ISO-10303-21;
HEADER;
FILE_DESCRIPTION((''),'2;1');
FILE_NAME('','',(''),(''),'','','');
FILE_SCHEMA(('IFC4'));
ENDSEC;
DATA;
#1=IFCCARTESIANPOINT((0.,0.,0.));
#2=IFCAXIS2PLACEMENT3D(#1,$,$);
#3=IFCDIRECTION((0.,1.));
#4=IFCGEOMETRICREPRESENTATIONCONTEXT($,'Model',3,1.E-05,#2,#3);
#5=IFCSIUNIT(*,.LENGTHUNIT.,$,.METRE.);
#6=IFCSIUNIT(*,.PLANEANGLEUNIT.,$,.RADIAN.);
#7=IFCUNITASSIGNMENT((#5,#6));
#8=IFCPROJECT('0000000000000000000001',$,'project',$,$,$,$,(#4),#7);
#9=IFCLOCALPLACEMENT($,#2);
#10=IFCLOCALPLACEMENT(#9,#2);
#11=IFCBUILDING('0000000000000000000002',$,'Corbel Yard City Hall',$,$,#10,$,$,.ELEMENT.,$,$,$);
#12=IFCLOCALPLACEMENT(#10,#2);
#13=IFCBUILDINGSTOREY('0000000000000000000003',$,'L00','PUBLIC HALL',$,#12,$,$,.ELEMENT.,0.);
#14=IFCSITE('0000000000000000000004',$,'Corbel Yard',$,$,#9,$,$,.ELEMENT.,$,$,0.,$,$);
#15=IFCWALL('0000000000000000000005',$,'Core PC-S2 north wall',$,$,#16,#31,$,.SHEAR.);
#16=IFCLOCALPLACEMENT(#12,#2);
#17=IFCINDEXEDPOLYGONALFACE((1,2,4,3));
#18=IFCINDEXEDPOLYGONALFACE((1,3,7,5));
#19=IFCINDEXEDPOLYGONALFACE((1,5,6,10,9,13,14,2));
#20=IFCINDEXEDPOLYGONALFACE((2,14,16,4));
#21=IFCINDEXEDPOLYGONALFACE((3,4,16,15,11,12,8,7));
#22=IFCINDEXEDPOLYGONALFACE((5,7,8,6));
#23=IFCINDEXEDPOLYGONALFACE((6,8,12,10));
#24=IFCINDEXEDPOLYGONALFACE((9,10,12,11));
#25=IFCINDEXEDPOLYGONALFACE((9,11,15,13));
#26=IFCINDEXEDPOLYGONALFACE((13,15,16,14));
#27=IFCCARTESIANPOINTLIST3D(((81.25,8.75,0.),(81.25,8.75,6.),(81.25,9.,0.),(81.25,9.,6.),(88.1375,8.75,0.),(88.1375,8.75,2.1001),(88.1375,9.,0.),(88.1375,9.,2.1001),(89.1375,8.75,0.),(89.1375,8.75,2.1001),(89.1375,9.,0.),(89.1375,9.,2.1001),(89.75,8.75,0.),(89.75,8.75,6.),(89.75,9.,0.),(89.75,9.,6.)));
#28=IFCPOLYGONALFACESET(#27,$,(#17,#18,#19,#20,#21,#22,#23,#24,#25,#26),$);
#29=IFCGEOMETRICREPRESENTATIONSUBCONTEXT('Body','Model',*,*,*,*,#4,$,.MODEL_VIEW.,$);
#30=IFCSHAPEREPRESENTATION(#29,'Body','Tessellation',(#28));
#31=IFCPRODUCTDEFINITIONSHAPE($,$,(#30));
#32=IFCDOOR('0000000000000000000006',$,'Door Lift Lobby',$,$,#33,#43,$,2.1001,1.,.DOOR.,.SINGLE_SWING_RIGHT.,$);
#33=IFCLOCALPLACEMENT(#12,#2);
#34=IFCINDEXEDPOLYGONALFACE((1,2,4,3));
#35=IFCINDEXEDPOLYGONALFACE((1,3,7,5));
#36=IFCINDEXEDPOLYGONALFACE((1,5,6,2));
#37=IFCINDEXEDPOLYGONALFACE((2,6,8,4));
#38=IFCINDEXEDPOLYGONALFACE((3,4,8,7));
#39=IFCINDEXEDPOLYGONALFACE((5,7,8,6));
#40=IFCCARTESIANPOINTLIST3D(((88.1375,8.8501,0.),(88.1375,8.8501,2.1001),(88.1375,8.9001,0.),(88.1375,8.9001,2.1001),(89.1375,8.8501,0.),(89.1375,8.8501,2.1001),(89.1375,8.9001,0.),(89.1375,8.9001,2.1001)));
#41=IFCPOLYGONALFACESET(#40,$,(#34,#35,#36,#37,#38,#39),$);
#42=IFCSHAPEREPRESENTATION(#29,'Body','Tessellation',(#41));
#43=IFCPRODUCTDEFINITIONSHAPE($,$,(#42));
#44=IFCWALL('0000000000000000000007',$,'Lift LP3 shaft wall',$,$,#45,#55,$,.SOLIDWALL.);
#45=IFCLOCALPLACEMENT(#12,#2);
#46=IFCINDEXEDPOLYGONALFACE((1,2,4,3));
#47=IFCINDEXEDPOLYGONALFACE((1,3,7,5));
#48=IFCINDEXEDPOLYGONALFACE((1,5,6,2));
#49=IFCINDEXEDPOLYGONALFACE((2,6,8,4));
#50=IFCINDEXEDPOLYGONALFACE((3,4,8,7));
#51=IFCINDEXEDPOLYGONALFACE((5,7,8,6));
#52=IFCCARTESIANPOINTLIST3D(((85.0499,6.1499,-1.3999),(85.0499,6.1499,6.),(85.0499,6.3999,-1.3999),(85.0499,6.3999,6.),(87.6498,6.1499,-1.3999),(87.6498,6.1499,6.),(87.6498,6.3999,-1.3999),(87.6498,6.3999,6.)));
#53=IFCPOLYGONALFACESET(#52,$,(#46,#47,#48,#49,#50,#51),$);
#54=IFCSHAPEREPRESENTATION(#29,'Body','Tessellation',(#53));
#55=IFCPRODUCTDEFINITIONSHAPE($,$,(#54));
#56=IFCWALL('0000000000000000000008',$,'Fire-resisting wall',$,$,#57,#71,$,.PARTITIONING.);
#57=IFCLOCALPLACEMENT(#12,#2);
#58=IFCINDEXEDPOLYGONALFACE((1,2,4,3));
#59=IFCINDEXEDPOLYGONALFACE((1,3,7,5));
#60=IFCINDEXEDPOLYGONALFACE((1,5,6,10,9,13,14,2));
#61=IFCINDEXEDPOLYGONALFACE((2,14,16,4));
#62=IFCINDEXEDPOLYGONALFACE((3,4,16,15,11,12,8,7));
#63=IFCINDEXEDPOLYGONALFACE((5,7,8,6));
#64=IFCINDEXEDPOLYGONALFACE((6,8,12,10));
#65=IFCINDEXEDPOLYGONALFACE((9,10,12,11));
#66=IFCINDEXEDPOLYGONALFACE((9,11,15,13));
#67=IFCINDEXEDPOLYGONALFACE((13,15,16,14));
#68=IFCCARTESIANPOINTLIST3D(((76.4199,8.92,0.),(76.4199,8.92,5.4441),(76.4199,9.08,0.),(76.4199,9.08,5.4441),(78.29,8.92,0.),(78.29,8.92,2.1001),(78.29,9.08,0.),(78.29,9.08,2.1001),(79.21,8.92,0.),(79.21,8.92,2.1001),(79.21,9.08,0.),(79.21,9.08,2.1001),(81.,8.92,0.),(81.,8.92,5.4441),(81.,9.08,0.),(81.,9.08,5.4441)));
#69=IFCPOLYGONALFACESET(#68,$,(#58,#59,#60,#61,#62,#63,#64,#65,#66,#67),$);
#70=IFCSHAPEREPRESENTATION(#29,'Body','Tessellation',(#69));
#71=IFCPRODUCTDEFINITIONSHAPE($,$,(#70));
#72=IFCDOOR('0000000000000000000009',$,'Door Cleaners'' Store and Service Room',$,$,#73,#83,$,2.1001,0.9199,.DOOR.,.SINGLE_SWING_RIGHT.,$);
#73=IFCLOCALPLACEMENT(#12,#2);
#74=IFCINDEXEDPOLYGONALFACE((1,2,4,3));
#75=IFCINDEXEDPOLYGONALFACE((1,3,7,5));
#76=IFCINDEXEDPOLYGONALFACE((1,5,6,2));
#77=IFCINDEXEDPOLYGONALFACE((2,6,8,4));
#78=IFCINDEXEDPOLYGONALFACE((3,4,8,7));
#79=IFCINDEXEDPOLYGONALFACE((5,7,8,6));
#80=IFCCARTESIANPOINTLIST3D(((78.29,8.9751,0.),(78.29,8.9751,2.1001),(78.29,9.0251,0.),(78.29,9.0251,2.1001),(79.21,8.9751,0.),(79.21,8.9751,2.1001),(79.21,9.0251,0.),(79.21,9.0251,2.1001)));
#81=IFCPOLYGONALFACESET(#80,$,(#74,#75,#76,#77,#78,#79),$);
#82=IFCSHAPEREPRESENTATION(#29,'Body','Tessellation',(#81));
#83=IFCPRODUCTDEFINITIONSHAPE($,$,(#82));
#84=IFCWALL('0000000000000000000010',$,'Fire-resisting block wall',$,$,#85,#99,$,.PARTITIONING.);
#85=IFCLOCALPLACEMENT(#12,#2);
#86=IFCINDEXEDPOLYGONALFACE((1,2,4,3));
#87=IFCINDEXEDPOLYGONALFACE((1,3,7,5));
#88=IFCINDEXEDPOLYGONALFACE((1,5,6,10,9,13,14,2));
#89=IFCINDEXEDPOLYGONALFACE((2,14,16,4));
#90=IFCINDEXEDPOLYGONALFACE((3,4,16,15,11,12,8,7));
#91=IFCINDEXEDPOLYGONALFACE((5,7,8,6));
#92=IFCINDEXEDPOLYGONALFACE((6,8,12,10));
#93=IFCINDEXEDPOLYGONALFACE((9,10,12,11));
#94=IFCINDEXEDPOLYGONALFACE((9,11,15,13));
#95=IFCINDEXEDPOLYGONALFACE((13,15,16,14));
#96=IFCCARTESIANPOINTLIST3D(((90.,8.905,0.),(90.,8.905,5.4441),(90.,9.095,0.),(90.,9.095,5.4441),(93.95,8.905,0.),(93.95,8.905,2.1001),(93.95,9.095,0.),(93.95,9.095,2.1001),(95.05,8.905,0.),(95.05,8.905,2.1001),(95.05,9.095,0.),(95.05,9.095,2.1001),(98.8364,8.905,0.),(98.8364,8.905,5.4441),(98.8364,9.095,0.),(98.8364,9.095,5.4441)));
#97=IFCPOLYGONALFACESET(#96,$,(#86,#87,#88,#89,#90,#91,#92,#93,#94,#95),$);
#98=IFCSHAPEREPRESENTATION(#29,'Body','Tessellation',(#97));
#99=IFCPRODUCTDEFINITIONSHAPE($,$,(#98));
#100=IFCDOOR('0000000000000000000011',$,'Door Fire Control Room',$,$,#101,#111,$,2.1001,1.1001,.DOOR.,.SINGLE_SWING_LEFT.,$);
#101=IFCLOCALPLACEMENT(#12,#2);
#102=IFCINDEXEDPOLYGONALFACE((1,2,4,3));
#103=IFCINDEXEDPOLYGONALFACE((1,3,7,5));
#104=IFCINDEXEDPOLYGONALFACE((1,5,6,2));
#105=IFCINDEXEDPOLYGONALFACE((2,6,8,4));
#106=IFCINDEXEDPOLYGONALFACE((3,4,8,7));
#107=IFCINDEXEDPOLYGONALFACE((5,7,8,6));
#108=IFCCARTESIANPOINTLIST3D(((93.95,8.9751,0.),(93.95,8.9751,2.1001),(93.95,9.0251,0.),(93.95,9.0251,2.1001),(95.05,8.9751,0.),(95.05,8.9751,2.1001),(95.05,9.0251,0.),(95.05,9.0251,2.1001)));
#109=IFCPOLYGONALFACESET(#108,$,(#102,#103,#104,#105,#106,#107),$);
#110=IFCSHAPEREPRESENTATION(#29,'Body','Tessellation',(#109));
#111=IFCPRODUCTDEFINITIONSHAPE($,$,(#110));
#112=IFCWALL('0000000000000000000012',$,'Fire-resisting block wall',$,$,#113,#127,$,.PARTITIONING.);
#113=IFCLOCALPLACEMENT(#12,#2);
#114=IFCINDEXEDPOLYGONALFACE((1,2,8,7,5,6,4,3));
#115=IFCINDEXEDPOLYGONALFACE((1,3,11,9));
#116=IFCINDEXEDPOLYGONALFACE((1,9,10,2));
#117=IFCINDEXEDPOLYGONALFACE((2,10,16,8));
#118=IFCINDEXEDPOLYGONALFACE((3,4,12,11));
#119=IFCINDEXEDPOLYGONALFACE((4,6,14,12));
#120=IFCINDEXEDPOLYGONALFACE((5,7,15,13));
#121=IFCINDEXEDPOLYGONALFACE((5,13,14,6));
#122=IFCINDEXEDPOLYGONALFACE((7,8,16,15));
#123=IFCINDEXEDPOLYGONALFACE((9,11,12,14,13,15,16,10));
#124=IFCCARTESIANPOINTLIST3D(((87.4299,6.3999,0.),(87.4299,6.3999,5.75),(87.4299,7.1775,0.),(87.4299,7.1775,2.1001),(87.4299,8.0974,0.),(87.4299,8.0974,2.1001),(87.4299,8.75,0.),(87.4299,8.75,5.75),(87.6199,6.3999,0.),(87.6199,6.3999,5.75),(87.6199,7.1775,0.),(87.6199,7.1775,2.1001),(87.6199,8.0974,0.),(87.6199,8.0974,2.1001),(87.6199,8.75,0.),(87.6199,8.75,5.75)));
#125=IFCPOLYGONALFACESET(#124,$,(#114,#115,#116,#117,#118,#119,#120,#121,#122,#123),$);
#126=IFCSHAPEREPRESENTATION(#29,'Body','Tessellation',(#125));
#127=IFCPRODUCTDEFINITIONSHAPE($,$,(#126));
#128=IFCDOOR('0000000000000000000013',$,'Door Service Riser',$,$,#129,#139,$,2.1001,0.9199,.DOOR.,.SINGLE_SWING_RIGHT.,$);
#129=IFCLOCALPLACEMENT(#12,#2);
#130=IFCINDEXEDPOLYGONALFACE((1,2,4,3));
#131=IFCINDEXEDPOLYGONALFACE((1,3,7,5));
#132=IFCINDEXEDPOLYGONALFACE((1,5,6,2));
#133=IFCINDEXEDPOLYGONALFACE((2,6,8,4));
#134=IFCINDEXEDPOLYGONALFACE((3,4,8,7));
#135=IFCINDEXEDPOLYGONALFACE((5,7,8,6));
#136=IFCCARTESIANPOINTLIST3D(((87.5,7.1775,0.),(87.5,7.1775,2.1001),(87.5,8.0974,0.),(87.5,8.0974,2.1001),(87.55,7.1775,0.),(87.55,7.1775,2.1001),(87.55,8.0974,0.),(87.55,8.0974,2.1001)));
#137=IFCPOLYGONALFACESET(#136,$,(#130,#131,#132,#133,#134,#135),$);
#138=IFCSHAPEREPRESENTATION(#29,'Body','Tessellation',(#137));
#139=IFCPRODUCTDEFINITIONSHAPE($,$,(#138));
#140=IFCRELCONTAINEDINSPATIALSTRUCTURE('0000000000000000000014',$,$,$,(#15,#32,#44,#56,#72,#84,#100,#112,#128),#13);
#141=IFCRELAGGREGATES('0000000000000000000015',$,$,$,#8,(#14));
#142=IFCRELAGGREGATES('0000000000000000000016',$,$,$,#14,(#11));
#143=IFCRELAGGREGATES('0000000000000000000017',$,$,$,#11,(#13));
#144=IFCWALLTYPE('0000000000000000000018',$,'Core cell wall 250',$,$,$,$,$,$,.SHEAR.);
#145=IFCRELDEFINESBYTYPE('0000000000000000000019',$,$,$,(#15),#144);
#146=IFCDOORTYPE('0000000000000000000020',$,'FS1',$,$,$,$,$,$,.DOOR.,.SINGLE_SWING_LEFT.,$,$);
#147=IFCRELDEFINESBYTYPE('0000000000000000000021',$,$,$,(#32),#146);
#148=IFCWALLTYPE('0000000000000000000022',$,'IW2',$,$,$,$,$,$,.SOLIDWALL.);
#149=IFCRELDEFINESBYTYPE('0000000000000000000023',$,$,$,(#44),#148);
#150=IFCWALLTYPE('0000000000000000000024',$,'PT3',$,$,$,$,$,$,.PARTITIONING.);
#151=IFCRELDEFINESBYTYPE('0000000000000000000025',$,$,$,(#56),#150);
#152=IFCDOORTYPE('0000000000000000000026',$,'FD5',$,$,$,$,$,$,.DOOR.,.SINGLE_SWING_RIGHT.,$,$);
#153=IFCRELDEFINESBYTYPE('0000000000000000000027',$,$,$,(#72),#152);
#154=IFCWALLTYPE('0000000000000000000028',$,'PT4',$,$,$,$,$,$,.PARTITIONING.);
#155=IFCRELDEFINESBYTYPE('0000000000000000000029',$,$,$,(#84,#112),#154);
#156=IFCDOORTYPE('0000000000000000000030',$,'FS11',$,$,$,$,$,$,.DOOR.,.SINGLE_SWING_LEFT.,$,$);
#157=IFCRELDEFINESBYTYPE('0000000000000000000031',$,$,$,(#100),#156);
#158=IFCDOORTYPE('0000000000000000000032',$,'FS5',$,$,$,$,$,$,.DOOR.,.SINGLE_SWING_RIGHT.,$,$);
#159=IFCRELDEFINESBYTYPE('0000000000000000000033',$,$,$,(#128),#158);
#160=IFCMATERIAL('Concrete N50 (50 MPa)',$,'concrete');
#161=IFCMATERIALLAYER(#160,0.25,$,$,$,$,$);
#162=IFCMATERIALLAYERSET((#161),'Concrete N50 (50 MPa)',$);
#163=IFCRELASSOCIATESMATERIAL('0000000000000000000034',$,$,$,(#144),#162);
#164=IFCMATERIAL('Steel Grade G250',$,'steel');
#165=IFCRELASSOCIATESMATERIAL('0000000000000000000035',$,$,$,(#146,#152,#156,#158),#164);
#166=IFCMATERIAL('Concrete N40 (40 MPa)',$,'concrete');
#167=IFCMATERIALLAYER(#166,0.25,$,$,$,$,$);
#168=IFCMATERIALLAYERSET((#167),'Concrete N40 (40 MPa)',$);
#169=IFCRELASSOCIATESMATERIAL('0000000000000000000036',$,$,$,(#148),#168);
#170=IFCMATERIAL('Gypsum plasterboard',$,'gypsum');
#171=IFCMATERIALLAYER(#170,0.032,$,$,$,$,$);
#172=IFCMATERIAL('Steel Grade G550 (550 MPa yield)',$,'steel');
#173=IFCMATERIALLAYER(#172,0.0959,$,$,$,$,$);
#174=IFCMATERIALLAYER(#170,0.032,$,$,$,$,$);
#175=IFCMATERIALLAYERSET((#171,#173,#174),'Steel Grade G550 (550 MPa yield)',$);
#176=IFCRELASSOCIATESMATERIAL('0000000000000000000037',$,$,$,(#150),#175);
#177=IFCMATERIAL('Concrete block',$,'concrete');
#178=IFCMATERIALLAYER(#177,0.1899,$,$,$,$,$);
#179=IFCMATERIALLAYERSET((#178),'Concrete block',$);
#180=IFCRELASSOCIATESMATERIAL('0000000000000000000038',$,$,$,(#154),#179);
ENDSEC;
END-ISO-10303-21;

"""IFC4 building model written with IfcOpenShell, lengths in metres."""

from ifc_helpers import new_model, si_unit, direction, frame, frame_2d, origin, place, context, subcontext, project, spatial, rectangle, extrude, material, layer, layer_set, type_object, element, fill, save


model = new_model("IFC4")

# Units and contexts
model_context = context("Model", 3, precision=1e-05, world=origin(), true_north=direction((0.0, 1.0)))
body_context = subcontext(model_context, "Body", "Model", "MODEL_VIEW")
ifc_project = project(units=[si_unit("LENGTHUNIT", "METRE"), si_unit("PLANEANGLEUNIT", "RADIAN")], contexts=[model_context])

# Site, building, storey
site_placement = place(None, origin())
site = spatial("IfcSite", under=ifc_project, at=site_placement, Name="Corbel Yard", CompositionType="ELEMENT", RefElevation=0.0)
building_placement = place(site_placement, origin())
building = spatial("IfcBuilding", under=site, at=building_placement, Name="Corbel Yard City Hall", CompositionType="ELEMENT")
storey_placement = place(building_placement, origin())
storey = spatial("IfcBuildingStorey", under=building, at=storey_placement, Name="L00", Description="PUBLIC HALL", CompositionType="ELEMENT", Elevation=0.0)

# Shared definitions
ifc_material_1 = material(Name="Concrete N40 (40 MPa)", Category="concrete")

# Wall, opening, door
ifc_material_2 = material(Name="Concrete N50 (50 MPa)", Category="concrete")
ifc_layer_1 = layer(ifc_material_2, 0.25)
ifc_layer_set_1 = layer_set([ifc_layer_1], Name="Concrete N50 (50 MPa)")
wall_type_1 = type_object("IfcWallType", Name="Core cell wall 250", PredefinedType="SHEAR", material=ifc_layer_set_1)
wall_1_placement = place(storey_placement, frame((81.25, 8.875, 0.0), z_axis=(0.0, 0.0, 1.0), x_axis=(1.0, 0.0, 0.0)))
wall_1 = element("IfcWall", 1, at=wall_1_placement, inside=storey, type_object=wall_type_1, Name="Core PC-S2 north wall", PredefinedType="SHEAR", context=body_context, shape_type="SweptSolid", body=[
    extrude(rectangle(XDim=8.5, YDim=0.25, at=frame_2d((4.25, 0.0))), origin(), (0.0, 0.0, 1.0), 6.0),
])
opening_1_placement = place(wall_1_placement, frame((6.8875, 0.0, 0.0)))
opening_1 = element("IfcOpeningElement", 2, at=opening_1_placement, cuts=wall_1, PredefinedType="OPENING", context=body_context, shape_type="SweptSolid", body=[
    extrude(rectangle(XDim=1.0, YDim=2.1001, at=frame_2d((0.5, 1.05))), frame((0.0, 0.135, 0.0), z_axis=(0.0, -1.0, 0.0), x_axis=(1.0, 0.0, 0.0)), (0.0, 0.0, 1.0), 0.27),
])
ifc_material_3 = material(Name="Steel Grade G250", Category="steel")
door_type_1 = type_object("IfcDoorType", Name="FS1", OperationType="SINGLE_SWING_LEFT", PredefinedType="DOOR", material=ifc_material_3)
door_1_placement = place(opening_1_placement, frame((1.0, 0.0, 0.0), z_axis=(0.0, 0.0, 1.0), x_axis=(-1.0, 0.0, 0.0)))
door_1 = element("IfcDoor", 3, at=door_1_placement, inside=storey, type_object=door_type_1, Name="Door Lift Lobby", OperationType="SINGLE_SWING_RIGHT", OverallHeight=2.1001, OverallWidth=1.0, PredefinedType="DOOR", context=body_context, shape_type="SweptSolid", body=[
    extrude(rectangle(XDim=1.0, YDim=2.1001, at=frame_2d((0.5, 1.05))), frame((0.0, 0.0249, 0.0), z_axis=(0.0, -1.0, 0.0), x_axis=(1.0, 0.0, 0.0)), (0.0, 0.0, 1.0), 0.05),
])
fill(opening_1, door_1)

# Wall
ifc_layer_2 = layer(ifc_material_1, 0.25)
ifc_layer_set_2 = layer_set([ifc_layer_2], Name="Concrete N40 (40 MPa)")
wall_type_2 = type_object("IfcWallType", Name="IW2", PredefinedType="SOLIDWALL", material=ifc_layer_set_2)
wall_2_placement = place(storey_placement, frame((85.05, 6.2749, -1.3999), z_axis=(0.0, 0.0, 1.0), x_axis=(1.0, 0.0, 0.0)))
element("IfcWall", 4, at=wall_2_placement, inside=storey, type_object=wall_type_2, Name="Lift LP3 shaft wall", PredefinedType="SOLIDWALL", context=body_context, shape_type="SweptSolid", body=[
    extrude(rectangle(XDim=2.5999, YDim=0.25, at=frame_2d((1.2998, 0.0))), origin(), (0.0, 0.0, 1.0), 7.3999),
])

# Walls, openings, doors
ifc_material_4 = material(Name="Gypsum plasterboard", Category="gypsum")
ifc_layer_3 = layer(ifc_material_4, 0.032)
ifc_material_5 = material(Name="Steel Grade G550 (550 MPa yield)", Category="steel")
ifc_layer_4 = layer(ifc_material_5, 0.0959)
ifc_layer_5 = layer(ifc_material_4, 0.032)
ifc_layer_set_3 = layer_set([ifc_layer_3, ifc_layer_4, ifc_layer_5], Name="Steel Grade G550 (550 MPa yield)")
wall_type_3 = type_object("IfcWallType", Name="PT3", PredefinedType="PARTITIONING", material=ifc_layer_set_3)
wall_3_placement = place(storey_placement, frame((76.4199, 9.0, 0.0), z_axis=(0.0, 0.0, 1.0), x_axis=(1.0, 0.0, 0.0)))
wall_3 = element("IfcWall", 5, at=wall_3_placement, inside=storey, type_object=wall_type_3, Name="Fire-resisting wall", PredefinedType="PARTITIONING", context=body_context, shape_type="SweptSolid", body=[
    extrude(rectangle(XDim=4.5801, YDim=0.1599, at=frame_2d((2.29, 0.0))), origin(), (0.0, 0.0, 1.0), 5.4441),
])
opening_2_placement = place(wall_3_placement, frame((1.8701, 0.0, 0.0)))
opening_2 = element("IfcOpeningElement", 6, at=opening_2_placement, cuts=wall_3, PredefinedType="OPENING", context=body_context, shape_type="SweptSolid", body=[
    extrude(rectangle(XDim=0.9199, YDim=2.1001, at=frame_2d((0.46, 1.05))), frame((0.0, 0.0898, 0.0), z_axis=(0.0, -1.0, 0.0), x_axis=(1.0, 0.0, 0.0)), (0.0, 0.0, 1.0), 0.1799),
])
door_type_2 = type_object("IfcDoorType", Name="FD5", OperationType="SINGLE_SWING_RIGHT", PredefinedType="DOOR", material=ifc_material_3)
door_2_placement = place(opening_2_placement, frame((0.9199, 0.0, 0.0), z_axis=(0.0, 0.0, 1.0), x_axis=(-1.0, 0.0, 0.0)))
door_2 = element("IfcDoor", 7, at=door_2_placement, inside=storey, type_object=door_type_2, Name="Door Cleaners' Store and Service Room", OperationType="SINGLE_SWING_RIGHT", OverallHeight=2.1001, OverallWidth=0.9199, PredefinedType="DOOR", context=body_context, shape_type="SweptSolid", body=[
    extrude(rectangle(XDim=0.9199, YDim=2.1001, at=frame_2d((0.46, 1.05))), frame((0.0, 0.0249, 0.0), z_axis=(0.0, -1.0, 0.0), x_axis=(1.0, 0.0, 0.0)), (0.0, 0.0, 1.0), 0.05),
])
fill(opening_2, door_2)
ifc_material_6 = material(Name="Concrete block", Category="concrete")
ifc_layer_6 = layer(ifc_material_6, 0.1899)
ifc_layer_set_4 = layer_set([ifc_layer_6], Name="Concrete block")
wall_type_4 = type_object("IfcWallType", Name="PT4", PredefinedType="PARTITIONING", material=ifc_layer_set_4)
wall_4_placement = place(storey_placement, frame((90.0, 9.0, 0.0), z_axis=(0.0, 0.0, 1.0), x_axis=(1.0, 0.0, 0.0)))
wall_4 = element("IfcWall", 8, at=wall_4_placement, inside=storey, type_object=wall_type_4, Name="Fire-resisting block wall", PredefinedType="PARTITIONING", context=body_context, shape_type="SweptSolid", body=[
    extrude(rectangle(XDim=8.8364, YDim=0.1899, at=frame_2d((4.4182, 0.0))), origin(), (0.0, 0.0, 1.0), 5.4441),
])
opening_3_placement = place(wall_4_placement, frame((3.95, 0.0, 0.0)))
opening_3 = element("IfcOpeningElement", 9, at=opening_3_placement, cuts=wall_4, PredefinedType="OPENING", context=body_context, shape_type="SweptSolid", body=[
    extrude(rectangle(XDim=1.1001, YDim=2.1001, at=frame_2d((0.55, 1.05))), frame((0.0, 0.105, 0.0), z_axis=(0.0, -1.0, 0.0), x_axis=(1.0, 0.0, 0.0)), (0.0, 0.0, 1.0), 0.21),
])
door_type_3 = type_object("IfcDoorType", Name="FS11", OperationType="SINGLE_SWING_LEFT", PredefinedType="DOOR", material=ifc_material_3)
door_3_placement = place(opening_3_placement, frame((1.1001, 0.0, 0.0), z_axis=(0.0, 0.0, 1.0), x_axis=(-1.0, 0.0, 0.0)))
door_3 = element("IfcDoor", 10, at=door_3_placement, inside=storey, type_object=door_type_3, Name="Door Fire Control Room", OperationType="SINGLE_SWING_LEFT", OverallHeight=2.1001, OverallWidth=1.1001, PredefinedType="DOOR", context=body_context, shape_type="SweptSolid", body=[
    extrude(rectangle(XDim=1.1001, YDim=2.1001, at=frame_2d((0.55, 1.05))), frame((0.0, 0.0249, 0.0), z_axis=(0.0, -1.0, 0.0), x_axis=(1.0, 0.0, 0.0)), (0.0, 0.0, 1.0), 0.05),
])
fill(opening_3, door_3)
wall_5_placement = place(storey_placement, frame((87.5249, 6.3999, 0.0), z_axis=(0.0, 0.0, 1.0), x_axis=(0.0, 1.0, 0.0)))
wall_5 = element("IfcWall", 11, at=wall_5_placement, inside=storey, type_object=wall_type_4, Name="Fire-resisting block wall", PredefinedType="PARTITIONING", context=body_context, shape_type="SweptSolid", body=[
    extrude(rectangle(XDim=2.3501, YDim=0.1899, at=frame_2d((1.175, 0.0))), origin(), (0.0, 0.0, 1.0), 5.75),
])
opening_4_placement = place(wall_5_placement, frame((0.7776, 0.0, 0.0)))
opening_4 = element("IfcOpeningElement", 12, at=opening_4_placement, cuts=wall_5, PredefinedType="OPENING", context=body_context, shape_type="SweptSolid", body=[
    extrude(rectangle(XDim=0.9199, YDim=2.1001, at=frame_2d((0.46, 1.05))), frame((0.0, 0.105, 0.0), z_axis=(0.0, -1.0, 0.0), x_axis=(1.0, 0.0, 0.0)), (0.0, 0.0, 1.0), 0.21),
])
door_type_4 = type_object("IfcDoorType", Name="FS5", OperationType="SINGLE_SWING_RIGHT", PredefinedType="DOOR", material=ifc_material_3)
door_4_placement = place(opening_4_placement, origin())
door_4 = element("IfcDoor", 13, at=door_4_placement, inside=storey, type_object=door_type_4, Name="Door Service Riser", OperationType="SINGLE_SWING_RIGHT", OverallHeight=2.1001, OverallWidth=0.9199, PredefinedType="DOOR", context=body_context, shape_type="SweptSolid", body=[
    extrude(rectangle(XDim=0.9199, YDim=2.1001, at=frame_2d((0.46, 1.05))), frame((0.0, 0.0249, 0.0), z_axis=(0.0, -1.0, 0.0), x_axis=(1.0, 0.0, 0.0)), (0.0, 0.0, 1.0), 0.05),
])
fill(opening_4, door_4)

save(model, "model.ifc")
